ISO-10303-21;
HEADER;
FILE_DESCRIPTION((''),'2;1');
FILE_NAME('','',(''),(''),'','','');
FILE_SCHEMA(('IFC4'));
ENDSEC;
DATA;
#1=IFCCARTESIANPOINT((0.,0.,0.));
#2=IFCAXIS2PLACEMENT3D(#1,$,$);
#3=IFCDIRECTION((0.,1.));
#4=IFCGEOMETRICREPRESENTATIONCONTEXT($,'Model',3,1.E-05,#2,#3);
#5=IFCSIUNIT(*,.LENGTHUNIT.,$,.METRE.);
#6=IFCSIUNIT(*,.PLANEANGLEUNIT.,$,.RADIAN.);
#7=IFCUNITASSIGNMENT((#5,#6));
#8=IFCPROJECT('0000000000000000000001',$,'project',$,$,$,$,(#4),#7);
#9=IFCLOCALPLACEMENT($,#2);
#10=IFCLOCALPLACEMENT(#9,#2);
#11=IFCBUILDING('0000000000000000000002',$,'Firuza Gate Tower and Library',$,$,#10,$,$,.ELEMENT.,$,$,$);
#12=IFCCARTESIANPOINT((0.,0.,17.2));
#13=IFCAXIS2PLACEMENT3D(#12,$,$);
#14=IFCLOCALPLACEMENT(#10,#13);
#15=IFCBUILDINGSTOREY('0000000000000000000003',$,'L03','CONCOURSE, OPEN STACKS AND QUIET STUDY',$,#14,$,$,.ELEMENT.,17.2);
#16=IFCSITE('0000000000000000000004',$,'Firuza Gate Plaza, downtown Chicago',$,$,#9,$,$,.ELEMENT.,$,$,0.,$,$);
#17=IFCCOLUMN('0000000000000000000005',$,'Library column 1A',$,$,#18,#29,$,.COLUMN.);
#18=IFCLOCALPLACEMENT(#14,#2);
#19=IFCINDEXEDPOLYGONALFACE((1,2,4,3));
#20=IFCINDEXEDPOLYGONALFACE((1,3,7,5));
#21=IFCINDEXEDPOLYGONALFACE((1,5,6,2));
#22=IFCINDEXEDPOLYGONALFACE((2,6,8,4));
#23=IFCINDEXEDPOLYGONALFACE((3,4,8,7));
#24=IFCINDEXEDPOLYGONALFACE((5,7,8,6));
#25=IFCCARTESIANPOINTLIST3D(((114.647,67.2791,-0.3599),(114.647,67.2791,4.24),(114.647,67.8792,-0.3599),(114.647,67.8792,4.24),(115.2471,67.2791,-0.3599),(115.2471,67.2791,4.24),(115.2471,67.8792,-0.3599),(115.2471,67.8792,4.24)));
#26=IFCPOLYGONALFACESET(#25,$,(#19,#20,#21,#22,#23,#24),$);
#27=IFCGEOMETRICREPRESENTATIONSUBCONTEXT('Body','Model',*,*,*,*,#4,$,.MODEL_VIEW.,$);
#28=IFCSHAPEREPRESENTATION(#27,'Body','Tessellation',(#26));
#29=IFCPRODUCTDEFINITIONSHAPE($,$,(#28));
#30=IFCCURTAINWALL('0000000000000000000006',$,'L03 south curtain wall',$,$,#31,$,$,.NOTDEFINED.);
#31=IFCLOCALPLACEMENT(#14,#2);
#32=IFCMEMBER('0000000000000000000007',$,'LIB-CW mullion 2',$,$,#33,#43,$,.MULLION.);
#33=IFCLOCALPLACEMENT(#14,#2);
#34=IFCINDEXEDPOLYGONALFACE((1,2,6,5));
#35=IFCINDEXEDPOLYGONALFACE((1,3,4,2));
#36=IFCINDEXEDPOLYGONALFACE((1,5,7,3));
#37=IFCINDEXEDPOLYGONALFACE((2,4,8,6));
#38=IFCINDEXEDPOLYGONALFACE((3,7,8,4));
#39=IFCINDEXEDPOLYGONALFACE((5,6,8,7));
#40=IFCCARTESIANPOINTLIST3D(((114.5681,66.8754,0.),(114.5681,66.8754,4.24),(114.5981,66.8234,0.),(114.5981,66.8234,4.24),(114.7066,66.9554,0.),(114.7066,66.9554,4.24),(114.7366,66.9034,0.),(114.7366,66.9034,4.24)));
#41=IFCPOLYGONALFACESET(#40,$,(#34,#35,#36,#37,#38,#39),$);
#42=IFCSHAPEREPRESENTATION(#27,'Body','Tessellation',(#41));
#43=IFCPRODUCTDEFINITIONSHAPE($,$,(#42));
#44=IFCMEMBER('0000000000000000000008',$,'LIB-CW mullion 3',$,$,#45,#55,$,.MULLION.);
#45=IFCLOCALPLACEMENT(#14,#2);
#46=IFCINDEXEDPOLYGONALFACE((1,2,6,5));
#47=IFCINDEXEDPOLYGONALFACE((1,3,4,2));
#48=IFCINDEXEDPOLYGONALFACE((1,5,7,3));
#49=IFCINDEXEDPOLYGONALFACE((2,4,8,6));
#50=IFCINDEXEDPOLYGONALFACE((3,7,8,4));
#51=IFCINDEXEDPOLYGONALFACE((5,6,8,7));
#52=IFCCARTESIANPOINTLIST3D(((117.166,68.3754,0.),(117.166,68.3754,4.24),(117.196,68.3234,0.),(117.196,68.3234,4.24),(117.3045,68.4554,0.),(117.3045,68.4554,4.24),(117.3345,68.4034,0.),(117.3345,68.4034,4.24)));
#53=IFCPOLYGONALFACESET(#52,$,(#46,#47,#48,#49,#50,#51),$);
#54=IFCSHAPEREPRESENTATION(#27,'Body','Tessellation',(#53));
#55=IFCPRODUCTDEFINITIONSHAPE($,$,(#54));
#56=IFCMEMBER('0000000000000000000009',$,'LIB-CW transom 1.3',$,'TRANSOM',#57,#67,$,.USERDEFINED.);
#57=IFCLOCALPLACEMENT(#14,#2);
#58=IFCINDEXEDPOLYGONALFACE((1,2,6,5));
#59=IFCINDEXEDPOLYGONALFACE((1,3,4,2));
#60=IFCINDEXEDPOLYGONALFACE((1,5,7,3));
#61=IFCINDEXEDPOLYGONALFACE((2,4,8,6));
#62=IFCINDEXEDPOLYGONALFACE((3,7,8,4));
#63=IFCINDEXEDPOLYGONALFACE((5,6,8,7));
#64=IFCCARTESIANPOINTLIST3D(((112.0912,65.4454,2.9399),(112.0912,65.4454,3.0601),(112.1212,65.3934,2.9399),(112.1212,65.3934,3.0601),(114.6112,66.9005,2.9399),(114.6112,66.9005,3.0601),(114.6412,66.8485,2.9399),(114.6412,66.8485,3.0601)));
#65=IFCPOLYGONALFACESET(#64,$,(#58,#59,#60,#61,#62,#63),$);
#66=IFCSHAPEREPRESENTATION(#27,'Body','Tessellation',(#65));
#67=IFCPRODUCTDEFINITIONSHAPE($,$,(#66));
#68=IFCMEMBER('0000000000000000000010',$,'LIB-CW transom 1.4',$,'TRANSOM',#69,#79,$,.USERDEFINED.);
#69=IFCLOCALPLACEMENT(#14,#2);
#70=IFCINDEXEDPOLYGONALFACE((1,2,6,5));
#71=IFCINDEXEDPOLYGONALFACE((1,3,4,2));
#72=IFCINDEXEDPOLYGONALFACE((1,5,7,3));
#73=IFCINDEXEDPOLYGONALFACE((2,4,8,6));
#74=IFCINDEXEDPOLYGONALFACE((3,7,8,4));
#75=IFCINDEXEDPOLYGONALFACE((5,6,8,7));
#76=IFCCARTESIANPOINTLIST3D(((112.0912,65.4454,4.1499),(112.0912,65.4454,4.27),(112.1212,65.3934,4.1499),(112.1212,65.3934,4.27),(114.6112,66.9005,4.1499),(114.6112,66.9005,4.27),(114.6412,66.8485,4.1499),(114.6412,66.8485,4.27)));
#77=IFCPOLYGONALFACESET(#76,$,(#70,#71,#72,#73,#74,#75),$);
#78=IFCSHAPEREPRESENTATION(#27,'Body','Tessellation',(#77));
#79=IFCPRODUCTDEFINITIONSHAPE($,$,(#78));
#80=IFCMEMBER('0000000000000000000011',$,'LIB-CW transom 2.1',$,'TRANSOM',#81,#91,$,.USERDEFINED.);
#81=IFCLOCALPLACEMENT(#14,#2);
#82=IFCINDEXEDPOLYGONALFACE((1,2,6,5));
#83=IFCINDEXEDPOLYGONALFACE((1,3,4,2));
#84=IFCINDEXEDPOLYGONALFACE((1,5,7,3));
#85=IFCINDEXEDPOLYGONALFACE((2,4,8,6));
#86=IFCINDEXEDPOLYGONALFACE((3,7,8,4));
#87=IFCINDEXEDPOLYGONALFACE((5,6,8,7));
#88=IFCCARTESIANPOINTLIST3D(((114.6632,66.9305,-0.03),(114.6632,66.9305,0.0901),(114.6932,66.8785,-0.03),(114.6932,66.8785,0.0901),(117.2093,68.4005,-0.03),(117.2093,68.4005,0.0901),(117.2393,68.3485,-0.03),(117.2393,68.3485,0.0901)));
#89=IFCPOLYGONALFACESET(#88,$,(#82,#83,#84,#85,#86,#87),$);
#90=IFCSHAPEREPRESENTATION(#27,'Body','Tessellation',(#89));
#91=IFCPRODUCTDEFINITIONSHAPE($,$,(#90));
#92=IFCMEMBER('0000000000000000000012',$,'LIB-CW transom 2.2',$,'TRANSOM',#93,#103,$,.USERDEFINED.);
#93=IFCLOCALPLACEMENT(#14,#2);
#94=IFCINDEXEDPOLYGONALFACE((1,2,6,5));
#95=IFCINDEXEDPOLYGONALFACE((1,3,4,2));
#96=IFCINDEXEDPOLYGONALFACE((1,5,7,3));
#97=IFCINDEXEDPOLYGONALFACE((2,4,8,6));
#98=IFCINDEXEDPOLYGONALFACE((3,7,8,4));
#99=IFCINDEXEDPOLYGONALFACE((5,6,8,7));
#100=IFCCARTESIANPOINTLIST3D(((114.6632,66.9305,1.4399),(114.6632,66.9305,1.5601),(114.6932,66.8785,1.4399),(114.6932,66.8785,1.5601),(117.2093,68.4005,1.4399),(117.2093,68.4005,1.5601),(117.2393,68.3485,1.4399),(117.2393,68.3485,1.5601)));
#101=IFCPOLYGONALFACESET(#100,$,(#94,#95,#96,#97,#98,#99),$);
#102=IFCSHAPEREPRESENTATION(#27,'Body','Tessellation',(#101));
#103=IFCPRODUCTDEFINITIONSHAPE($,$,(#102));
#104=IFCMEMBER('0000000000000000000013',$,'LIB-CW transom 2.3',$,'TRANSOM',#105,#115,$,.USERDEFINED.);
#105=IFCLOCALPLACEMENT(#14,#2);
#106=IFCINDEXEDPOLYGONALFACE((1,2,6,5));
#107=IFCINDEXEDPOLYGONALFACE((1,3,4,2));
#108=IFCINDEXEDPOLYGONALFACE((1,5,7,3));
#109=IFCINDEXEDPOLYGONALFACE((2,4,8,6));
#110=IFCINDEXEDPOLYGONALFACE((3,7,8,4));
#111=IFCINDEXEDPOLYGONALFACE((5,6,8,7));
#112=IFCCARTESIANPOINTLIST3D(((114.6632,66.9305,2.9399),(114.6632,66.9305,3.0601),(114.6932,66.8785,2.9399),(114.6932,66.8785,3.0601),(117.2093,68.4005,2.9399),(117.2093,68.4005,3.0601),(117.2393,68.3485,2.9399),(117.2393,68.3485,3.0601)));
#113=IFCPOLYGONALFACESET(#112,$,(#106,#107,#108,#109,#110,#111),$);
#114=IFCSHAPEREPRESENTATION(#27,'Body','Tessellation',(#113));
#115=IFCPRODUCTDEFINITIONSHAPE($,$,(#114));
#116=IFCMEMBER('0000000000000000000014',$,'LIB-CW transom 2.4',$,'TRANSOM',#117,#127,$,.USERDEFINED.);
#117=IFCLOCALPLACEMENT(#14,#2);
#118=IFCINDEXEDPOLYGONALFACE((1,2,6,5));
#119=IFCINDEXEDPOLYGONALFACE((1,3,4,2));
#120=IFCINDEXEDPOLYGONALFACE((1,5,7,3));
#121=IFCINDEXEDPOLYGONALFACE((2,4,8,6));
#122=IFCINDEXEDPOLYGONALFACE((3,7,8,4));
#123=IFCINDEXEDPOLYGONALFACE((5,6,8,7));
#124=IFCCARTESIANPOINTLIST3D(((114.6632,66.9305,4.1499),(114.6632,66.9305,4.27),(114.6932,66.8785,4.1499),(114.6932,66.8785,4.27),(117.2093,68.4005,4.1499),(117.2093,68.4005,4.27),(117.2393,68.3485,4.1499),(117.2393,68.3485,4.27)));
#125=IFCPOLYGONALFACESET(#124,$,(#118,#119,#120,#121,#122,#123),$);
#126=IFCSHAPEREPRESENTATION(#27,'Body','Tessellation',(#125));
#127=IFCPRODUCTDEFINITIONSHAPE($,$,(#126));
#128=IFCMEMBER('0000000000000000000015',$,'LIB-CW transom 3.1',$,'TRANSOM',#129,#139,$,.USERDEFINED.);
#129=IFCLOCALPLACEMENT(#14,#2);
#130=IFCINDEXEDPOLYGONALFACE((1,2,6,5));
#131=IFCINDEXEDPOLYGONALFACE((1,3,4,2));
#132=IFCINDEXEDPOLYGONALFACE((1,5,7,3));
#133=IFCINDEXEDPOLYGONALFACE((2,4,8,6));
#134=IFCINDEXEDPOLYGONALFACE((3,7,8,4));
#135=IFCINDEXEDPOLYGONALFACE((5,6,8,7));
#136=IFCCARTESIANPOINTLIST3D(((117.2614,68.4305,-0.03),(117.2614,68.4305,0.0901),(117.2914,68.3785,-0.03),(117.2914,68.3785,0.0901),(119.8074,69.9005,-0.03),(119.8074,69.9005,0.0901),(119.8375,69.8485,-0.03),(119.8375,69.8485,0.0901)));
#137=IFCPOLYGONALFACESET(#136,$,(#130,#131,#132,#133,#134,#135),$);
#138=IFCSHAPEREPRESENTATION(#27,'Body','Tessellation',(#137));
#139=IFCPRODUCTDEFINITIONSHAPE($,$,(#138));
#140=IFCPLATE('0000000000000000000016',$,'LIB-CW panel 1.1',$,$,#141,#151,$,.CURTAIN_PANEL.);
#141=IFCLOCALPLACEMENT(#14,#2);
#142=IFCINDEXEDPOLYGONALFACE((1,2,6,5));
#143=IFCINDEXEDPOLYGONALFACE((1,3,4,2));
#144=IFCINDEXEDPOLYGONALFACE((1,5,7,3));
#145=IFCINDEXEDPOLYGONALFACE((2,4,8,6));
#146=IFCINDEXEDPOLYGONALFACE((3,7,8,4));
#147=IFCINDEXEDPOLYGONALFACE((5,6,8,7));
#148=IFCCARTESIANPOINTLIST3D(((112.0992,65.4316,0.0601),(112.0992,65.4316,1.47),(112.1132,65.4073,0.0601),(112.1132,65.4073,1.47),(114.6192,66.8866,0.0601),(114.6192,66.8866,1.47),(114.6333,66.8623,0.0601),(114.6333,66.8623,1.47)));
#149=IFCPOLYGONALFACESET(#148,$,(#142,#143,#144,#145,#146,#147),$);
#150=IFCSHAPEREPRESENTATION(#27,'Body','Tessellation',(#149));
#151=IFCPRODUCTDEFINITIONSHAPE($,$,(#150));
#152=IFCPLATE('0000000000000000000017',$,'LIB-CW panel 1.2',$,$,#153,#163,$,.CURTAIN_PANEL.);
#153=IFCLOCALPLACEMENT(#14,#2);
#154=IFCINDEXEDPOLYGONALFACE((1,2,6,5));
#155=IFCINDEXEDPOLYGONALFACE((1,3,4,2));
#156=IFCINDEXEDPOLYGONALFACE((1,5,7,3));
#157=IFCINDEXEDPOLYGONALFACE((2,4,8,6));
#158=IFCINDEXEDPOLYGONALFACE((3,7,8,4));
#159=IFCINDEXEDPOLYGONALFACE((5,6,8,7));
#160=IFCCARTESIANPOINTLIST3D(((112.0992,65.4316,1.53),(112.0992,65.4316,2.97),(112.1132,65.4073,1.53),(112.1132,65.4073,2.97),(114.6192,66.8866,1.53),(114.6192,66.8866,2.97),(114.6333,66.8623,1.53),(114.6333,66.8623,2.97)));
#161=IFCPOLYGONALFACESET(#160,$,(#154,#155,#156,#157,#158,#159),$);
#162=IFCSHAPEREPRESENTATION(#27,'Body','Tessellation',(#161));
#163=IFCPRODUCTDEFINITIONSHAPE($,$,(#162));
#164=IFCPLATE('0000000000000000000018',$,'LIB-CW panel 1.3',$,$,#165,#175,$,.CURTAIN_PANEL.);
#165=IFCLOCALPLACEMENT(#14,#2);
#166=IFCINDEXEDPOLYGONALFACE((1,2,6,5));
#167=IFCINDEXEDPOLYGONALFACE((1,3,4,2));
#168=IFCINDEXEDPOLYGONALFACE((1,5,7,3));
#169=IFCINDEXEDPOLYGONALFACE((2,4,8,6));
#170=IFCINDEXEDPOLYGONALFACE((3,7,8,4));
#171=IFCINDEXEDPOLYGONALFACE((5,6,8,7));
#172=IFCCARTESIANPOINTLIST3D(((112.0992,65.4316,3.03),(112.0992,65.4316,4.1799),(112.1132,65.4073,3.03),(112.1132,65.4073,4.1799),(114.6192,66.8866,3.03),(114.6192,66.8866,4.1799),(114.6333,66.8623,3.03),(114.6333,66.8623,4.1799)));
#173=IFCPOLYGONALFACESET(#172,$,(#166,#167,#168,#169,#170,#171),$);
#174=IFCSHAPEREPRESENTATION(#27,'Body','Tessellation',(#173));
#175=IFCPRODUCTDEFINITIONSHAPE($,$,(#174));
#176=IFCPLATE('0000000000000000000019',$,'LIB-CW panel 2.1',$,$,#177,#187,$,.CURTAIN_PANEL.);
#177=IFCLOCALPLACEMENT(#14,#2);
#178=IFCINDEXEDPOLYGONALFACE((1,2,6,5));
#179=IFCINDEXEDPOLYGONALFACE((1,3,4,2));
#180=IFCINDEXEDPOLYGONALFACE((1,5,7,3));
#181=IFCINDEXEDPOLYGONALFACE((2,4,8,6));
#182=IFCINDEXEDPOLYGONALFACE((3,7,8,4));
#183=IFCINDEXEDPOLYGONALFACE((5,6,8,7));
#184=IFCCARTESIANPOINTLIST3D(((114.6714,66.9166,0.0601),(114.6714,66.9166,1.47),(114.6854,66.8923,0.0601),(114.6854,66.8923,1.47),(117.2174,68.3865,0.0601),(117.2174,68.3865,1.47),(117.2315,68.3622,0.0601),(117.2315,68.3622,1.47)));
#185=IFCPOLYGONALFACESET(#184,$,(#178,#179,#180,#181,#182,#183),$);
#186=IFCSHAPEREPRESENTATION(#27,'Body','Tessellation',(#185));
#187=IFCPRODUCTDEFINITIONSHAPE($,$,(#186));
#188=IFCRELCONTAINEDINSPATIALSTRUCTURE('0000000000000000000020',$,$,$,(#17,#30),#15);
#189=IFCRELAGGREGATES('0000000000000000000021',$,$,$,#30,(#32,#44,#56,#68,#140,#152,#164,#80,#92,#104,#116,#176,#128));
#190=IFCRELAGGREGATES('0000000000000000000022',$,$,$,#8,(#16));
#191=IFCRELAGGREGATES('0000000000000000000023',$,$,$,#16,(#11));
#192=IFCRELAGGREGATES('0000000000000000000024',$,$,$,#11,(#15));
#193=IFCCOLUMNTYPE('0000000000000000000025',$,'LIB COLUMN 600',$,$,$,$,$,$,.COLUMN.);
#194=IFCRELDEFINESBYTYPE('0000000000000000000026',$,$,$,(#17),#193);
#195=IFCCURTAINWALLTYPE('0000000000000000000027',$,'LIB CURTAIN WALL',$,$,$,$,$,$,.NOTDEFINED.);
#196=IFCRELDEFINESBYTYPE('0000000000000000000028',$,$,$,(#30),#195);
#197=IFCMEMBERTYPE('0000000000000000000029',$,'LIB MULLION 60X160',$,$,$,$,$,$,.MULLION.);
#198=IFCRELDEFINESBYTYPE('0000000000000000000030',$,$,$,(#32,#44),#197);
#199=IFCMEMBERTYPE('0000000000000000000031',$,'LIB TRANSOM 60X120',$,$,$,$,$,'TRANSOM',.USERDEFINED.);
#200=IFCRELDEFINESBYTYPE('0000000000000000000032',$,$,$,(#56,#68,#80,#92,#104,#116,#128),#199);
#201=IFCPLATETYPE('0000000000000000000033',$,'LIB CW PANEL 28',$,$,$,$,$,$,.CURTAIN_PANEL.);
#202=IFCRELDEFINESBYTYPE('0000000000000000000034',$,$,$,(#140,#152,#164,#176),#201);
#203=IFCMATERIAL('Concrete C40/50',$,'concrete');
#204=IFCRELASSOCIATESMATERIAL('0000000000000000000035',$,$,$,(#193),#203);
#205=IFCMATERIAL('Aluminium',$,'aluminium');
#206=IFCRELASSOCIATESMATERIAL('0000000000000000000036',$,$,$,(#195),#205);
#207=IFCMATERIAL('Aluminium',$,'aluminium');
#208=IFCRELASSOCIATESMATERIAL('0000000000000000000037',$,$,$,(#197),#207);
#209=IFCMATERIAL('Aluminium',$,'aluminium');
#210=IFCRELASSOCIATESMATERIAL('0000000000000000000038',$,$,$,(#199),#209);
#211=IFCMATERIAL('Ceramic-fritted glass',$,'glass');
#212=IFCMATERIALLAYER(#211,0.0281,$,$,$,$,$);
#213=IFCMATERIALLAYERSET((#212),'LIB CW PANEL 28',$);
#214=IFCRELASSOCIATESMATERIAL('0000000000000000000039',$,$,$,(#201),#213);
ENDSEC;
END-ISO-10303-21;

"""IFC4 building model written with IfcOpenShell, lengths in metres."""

from ifc_helpers import new_model, si_unit, direction, frame, origin, origin_2d, place, context, subcontext, project, spatial, rectangle, extrude, material, layer, layer_set, material_profile, profile_set, type_object, element, aggregate, save


model = new_model("IFC4")

# Units and contexts
model_context = context("Model", 3, precision=1e-05, world=origin(), true_north=direction((0.0, 1.0)))
body_context = subcontext(model_context, "Body", "Model", "MODEL_VIEW")
ifc_project = project(units=[si_unit("LENGTHUNIT", "METRE"), si_unit("PLANEANGLEUNIT", "RADIAN")], contexts=[model_context])

# Site, building, storey
site_placement = place(None, origin())
site = spatial("IfcSite", under=ifc_project, at=site_placement, Name="Firuza Gate Plaza, downtown Chicago", CompositionType="ELEMENT", RefElevation=0.0)
building_placement = place(site_placement, origin())
building = spatial("IfcBuilding", under=site, at=building_placement, Name="Firuza Gate Tower and Library", CompositionType="ELEMENT")
storey_placement = place(building_placement, frame((0.0, 0.0, 17.2)))
storey = spatial("IfcBuildingStorey", under=building, at=storey_placement, Name="L03", Description="CONCOURSE, OPEN STACKS AND QUIET STUDY", CompositionType="ELEMENT", Elevation=17.2)

# Column
ifc_material_1 = material(Name="Concrete C40/50", Category="concrete")
ifc_material_profile_1 = material_profile(ifc_material_1, rectangle(XDim=0.6001, YDim=0.6001, at=origin_2d()))
ifc_profile_set_1 = profile_set([ifc_material_profile_1], Name="Concrete C40/50")
column_type = type_object("IfcColumnType", Name="LIB COLUMN 600", PredefinedType="COLUMN", material=ifc_profile_set_1)
column_placement = place(storey_placement, frame((114.947, 67.5791, -0.3599), z_axis=(0.0, 0.0, 1.0), x_axis=(1.0, 0.0, 0.0)))
element("IfcColumn", 1, at=column_placement, inside=storey, type_object=column_type, Name="Library column 1A", PredefinedType="COLUMN", context=body_context, shape_type="SweptSolid", body=[
    extrude(rectangle(XDim=0.6001, YDim=0.6001, at=origin_2d()), origin(), (0.0, 0.0, 1.0), 4.5999),
])

# Curtain wall, members, plates
ifc_material_2 = material(Name="Aluminium", Category="aluminium")
curtain_wall_type = type_object("IfcCurtainWallType", Name="LIB CURTAIN WALL", PredefinedType="NOTDEFINED", material=ifc_material_2)
curtain_wall_placement = place(storey_placement, origin())
curtain_wall = element("IfcCurtainWall", 2, at=curtain_wall_placement, inside=storey, type_object=curtain_wall_type, Name="L03 south curtain wall", PredefinedType="NOTDEFINED")
ifc_material_3 = material(Name="Aluminium", Category="aluminium")
ifc_material_profile_2 = material_profile(ifc_material_3, rectangle(XDim=0.0601, YDim=0.1599, at=origin_2d()))
ifc_profile_set_2 = profile_set([ifc_material_profile_2], Name="Aluminium")
member_type_1 = type_object("IfcMemberType", Name="LIB MULLION 60X160", PredefinedType="MULLION", material=ifc_profile_set_2)
member_1_placement = place(storey_placement, frame((114.6523, 66.8894, 0.0), z_axis=(0.0, 0.0, 1.0), x_axis=(-0.500001, 0.866025, 0.0)))
member_1 = element("IfcMember", 3, at=member_1_placement, type_object=member_type_1, Name="LIB-CW mullion 2", PredefinedType="MULLION", context=body_context, shape_type="SweptSolid", body=[
    extrude(rectangle(XDim=0.0601, YDim=0.1599, at=origin_2d()), origin(), (0.0, 0.0, 1.0), 4.24),
])
member_2_placement = place(storey_placement, frame((117.2502, 68.3894, 0.0), z_axis=(0.0, 0.0, 1.0), x_axis=(-0.500001, 0.866025, 0.0)))
member_2 = element("IfcMember", 4, at=member_2_placement, type_object=member_type_1, Name="LIB-CW mullion 3", PredefinedType="MULLION", context=body_context, shape_type="SweptSolid", body=[
    extrude(rectangle(XDim=0.0601, YDim=0.1599, at=origin_2d()), origin(), (0.0, 0.0, 1.0), 4.24),
])
ifc_material_4 = material(Name="Aluminium", Category="aluminium")
ifc_material_profile_3 = material_profile(ifc_material_4, rectangle(XDim=0.0601, YDim=0.1201, at=origin_2d()))
ifc_profile_set_3 = profile_set([ifc_material_profile_3], Name="Aluminium")
member_type_2 = type_object("IfcMemberType", Name="LIB TRANSOM 60X120", ElementType="TRANSOM", PredefinedType="USERDEFINED", material=ifc_profile_set_3)
member_3_placement = place(storey_placement, frame((112.1062, 65.4194, 3.0), z_axis=(0.866004, 0.500037, 0.0), x_axis=(-0.500037, 0.866004, 0.0)))
member_3 = element("IfcMember", 5, at=member_3_placement, type_object=member_type_2, Name="LIB-CW transom 1.3", ObjectType="TRANSOM", PredefinedType="USERDEFINED", context=body_context, shape_type="SweptSolid", body=[
    extrude(rectangle(XDim=0.0601, YDim=0.1201, at=origin_2d()), origin(), (0.0, 0.0, 1.0), 2.9099),
])
member_4_placement = place(storey_placement, frame((112.1062, 65.4194, 4.21), z_axis=(0.866004, 0.500037, 0.0), x_axis=(-0.500037, 0.866004, 0.0)))
member_4 = element("IfcMember", 6, at=member_4_placement, type_object=member_type_2, Name="LIB-CW transom 1.4", ObjectType="TRANSOM", PredefinedType="USERDEFINED", context=body_context, shape_type="SweptSolid", body=[
    extrude(rectangle(XDim=0.0601, YDim=0.1201, at=origin_2d()), origin(), (0.0, 0.0, 1.0), 2.9099),
])
member_5_placement = place(storey_placement, frame((114.6782, 66.9045, 0.03), z_axis=(0.866032, 0.499988, 0.0), x_axis=(-0.499988, 0.866032, 0.0)))
member_5 = element("IfcMember", 7, at=member_5_placement, type_object=member_type_2, Name="LIB-CW transom 2.1", ObjectType="TRANSOM", PredefinedType="USERDEFINED", context=body_context, shape_type="SweptSolid", body=[
    extrude(rectangle(XDim=0.0601, YDim=0.1201, at=origin_2d()), origin(), (0.0, 0.0, 1.0), 2.9399),
])
member_6_placement = place(storey_placement, frame((114.6782, 66.9045, 1.5), z_axis=(0.866032, 0.499988, 0.0), x_axis=(-0.499988, 0.866032, 0.0)))
member_6 = element("IfcMember", 8, at=member_6_placement, type_object=member_type_2, Name="LIB-CW transom 2.2", ObjectType="TRANSOM", PredefinedType="USERDEFINED", context=body_context, shape_type="SweptSolid", body=[
    extrude(rectangle(XDim=0.0601, YDim=0.1201, at=origin_2d()), origin(), (0.0, 0.0, 1.0), 2.9399),
])
member_7_placement = place(storey_placement, frame((114.6782, 66.9045, 3.0), z_axis=(0.866032, 0.499988, 0.0), x_axis=(-0.499988, 0.866032, 0.0)))
member_7 = element("IfcMember", 9, at=member_7_placement, type_object=member_type_2, Name="LIB-CW transom 2.3", ObjectType="TRANSOM", PredefinedType="USERDEFINED", context=body_context, shape_type="SweptSolid", body=[
    extrude(rectangle(XDim=0.0601, YDim=0.1201, at=origin_2d()), origin(), (0.0, 0.0, 1.0), 2.9399),
])
member_8_placement = place(storey_placement, frame((114.6782, 66.9045, 4.21), z_axis=(0.866032, 0.499988, 0.0), x_axis=(-0.499988, 0.866032, 0.0)))
member_8 = element("IfcMember", 10, at=member_8_placement, type_object=member_type_2, Name="LIB-CW transom 2.4", ObjectType="TRANSOM", PredefinedType="USERDEFINED", context=body_context, shape_type="SweptSolid", body=[
    extrude(rectangle(XDim=0.0601, YDim=0.1201, at=origin_2d()), origin(), (0.0, 0.0, 1.0), 2.9399),
])
member_9_placement = place(storey_placement, frame((117.2764, 68.4045, 0.03), z_axis=(0.866032, 0.499988, 0.0), x_axis=(-0.499988, 0.866032, 0.0)))
member_9 = element("IfcMember", 11, at=member_9_placement, type_object=member_type_2, Name="LIB-CW transom 3.1", ObjectType="TRANSOM", PredefinedType="USERDEFINED", context=body_context, shape_type="SweptSolid", body=[
    extrude(rectangle(XDim=0.0601, YDim=0.1201, at=origin_2d()), origin(), (0.0, 0.0, 1.0), 2.9399),
])
ifc_material_5 = material(Name="Ceramic-fritted glass", Category="glass")
ifc_layer_1 = layer(ifc_material_5, 0.0281)
ifc_layer_set_1 = layer_set([ifc_layer_1], Name="LIB CW PANEL 28")
plate_type = type_object("IfcPlateType", Name="LIB CW PANEL 28", PredefinedType="CURTAIN_PANEL", material=ifc_layer_set_1)
plate_1_placement = place(storey_placement, frame((113.3662, 66.147, 0.0601), z_axis=(0.0, 0.0, 1.0), x_axis=(0.866025, 0.500001, 0.0)))
plate_1 = element("IfcPlate", 12, at=plate_1_placement, type_object=plate_type, Name="LIB-CW panel 1.1", PredefinedType="CURTAIN_PANEL", context=body_context, shape_type="SweptSolid", body=[
    extrude(rectangle(XDim=2.9099, YDim=0.0281, at=origin_2d()), origin(), (0.0, 0.0, 1.0), 1.4099),
])
plate_2_placement = place(storey_placement, frame((113.3662, 66.147, 1.53), z_axis=(0.0, 0.0, 1.0), x_axis=(0.866025, 0.500001, 0.0)))
plate_2 = element("IfcPlate", 13, at=plate_2_placement, type_object=plate_type, Name="LIB-CW panel 1.2", PredefinedType="CURTAIN_PANEL", context=body_context, shape_type="SweptSolid", body=[
    extrude(rectangle(XDim=2.9099, YDim=0.0281, at=origin_2d()), origin(), (0.0, 0.0, 1.0), 1.4399),
])
plate_3_placement = place(storey_placement, frame((113.3662, 66.147, 3.03), z_axis=(0.0, 0.0, 1.0), x_axis=(0.866025, 0.500001, 0.0)))
plate_3 = element("IfcPlate", 14, at=plate_3_placement, type_object=plate_type, Name="LIB-CW panel 1.3", PredefinedType="CURTAIN_PANEL", context=body_context, shape_type="SweptSolid", body=[
    extrude(rectangle(XDim=2.9099, YDim=0.0281, at=origin_2d()), origin(), (0.0, 0.0, 1.0), 1.1499),
])
plate_4_placement = place(storey_placement, frame((115.9514, 67.6394, 0.0601), z_axis=(0.0, 0.0, 1.0), x_axis=(0.866025, 0.500001, 0.0)))
plate_4 = element("IfcPlate", 15, at=plate_4_placement, type_object=plate_type, Name="LIB-CW panel 2.1", PredefinedType="CURTAIN_PANEL", context=body_context, shape_type="SweptSolid", body=[
    extrude(rectangle(XDim=2.9399, YDim=0.0281, at=origin_2d()), origin(), (0.0, 0.0, 1.0), 1.4099),
])
aggregate(curtain_wall, [member_1, member_2, member_3, member_4, plate_1, plate_2, plate_3, member_5, member_6, member_7, member_8, plate_4, member_9])

save(model, "model.ifc")
